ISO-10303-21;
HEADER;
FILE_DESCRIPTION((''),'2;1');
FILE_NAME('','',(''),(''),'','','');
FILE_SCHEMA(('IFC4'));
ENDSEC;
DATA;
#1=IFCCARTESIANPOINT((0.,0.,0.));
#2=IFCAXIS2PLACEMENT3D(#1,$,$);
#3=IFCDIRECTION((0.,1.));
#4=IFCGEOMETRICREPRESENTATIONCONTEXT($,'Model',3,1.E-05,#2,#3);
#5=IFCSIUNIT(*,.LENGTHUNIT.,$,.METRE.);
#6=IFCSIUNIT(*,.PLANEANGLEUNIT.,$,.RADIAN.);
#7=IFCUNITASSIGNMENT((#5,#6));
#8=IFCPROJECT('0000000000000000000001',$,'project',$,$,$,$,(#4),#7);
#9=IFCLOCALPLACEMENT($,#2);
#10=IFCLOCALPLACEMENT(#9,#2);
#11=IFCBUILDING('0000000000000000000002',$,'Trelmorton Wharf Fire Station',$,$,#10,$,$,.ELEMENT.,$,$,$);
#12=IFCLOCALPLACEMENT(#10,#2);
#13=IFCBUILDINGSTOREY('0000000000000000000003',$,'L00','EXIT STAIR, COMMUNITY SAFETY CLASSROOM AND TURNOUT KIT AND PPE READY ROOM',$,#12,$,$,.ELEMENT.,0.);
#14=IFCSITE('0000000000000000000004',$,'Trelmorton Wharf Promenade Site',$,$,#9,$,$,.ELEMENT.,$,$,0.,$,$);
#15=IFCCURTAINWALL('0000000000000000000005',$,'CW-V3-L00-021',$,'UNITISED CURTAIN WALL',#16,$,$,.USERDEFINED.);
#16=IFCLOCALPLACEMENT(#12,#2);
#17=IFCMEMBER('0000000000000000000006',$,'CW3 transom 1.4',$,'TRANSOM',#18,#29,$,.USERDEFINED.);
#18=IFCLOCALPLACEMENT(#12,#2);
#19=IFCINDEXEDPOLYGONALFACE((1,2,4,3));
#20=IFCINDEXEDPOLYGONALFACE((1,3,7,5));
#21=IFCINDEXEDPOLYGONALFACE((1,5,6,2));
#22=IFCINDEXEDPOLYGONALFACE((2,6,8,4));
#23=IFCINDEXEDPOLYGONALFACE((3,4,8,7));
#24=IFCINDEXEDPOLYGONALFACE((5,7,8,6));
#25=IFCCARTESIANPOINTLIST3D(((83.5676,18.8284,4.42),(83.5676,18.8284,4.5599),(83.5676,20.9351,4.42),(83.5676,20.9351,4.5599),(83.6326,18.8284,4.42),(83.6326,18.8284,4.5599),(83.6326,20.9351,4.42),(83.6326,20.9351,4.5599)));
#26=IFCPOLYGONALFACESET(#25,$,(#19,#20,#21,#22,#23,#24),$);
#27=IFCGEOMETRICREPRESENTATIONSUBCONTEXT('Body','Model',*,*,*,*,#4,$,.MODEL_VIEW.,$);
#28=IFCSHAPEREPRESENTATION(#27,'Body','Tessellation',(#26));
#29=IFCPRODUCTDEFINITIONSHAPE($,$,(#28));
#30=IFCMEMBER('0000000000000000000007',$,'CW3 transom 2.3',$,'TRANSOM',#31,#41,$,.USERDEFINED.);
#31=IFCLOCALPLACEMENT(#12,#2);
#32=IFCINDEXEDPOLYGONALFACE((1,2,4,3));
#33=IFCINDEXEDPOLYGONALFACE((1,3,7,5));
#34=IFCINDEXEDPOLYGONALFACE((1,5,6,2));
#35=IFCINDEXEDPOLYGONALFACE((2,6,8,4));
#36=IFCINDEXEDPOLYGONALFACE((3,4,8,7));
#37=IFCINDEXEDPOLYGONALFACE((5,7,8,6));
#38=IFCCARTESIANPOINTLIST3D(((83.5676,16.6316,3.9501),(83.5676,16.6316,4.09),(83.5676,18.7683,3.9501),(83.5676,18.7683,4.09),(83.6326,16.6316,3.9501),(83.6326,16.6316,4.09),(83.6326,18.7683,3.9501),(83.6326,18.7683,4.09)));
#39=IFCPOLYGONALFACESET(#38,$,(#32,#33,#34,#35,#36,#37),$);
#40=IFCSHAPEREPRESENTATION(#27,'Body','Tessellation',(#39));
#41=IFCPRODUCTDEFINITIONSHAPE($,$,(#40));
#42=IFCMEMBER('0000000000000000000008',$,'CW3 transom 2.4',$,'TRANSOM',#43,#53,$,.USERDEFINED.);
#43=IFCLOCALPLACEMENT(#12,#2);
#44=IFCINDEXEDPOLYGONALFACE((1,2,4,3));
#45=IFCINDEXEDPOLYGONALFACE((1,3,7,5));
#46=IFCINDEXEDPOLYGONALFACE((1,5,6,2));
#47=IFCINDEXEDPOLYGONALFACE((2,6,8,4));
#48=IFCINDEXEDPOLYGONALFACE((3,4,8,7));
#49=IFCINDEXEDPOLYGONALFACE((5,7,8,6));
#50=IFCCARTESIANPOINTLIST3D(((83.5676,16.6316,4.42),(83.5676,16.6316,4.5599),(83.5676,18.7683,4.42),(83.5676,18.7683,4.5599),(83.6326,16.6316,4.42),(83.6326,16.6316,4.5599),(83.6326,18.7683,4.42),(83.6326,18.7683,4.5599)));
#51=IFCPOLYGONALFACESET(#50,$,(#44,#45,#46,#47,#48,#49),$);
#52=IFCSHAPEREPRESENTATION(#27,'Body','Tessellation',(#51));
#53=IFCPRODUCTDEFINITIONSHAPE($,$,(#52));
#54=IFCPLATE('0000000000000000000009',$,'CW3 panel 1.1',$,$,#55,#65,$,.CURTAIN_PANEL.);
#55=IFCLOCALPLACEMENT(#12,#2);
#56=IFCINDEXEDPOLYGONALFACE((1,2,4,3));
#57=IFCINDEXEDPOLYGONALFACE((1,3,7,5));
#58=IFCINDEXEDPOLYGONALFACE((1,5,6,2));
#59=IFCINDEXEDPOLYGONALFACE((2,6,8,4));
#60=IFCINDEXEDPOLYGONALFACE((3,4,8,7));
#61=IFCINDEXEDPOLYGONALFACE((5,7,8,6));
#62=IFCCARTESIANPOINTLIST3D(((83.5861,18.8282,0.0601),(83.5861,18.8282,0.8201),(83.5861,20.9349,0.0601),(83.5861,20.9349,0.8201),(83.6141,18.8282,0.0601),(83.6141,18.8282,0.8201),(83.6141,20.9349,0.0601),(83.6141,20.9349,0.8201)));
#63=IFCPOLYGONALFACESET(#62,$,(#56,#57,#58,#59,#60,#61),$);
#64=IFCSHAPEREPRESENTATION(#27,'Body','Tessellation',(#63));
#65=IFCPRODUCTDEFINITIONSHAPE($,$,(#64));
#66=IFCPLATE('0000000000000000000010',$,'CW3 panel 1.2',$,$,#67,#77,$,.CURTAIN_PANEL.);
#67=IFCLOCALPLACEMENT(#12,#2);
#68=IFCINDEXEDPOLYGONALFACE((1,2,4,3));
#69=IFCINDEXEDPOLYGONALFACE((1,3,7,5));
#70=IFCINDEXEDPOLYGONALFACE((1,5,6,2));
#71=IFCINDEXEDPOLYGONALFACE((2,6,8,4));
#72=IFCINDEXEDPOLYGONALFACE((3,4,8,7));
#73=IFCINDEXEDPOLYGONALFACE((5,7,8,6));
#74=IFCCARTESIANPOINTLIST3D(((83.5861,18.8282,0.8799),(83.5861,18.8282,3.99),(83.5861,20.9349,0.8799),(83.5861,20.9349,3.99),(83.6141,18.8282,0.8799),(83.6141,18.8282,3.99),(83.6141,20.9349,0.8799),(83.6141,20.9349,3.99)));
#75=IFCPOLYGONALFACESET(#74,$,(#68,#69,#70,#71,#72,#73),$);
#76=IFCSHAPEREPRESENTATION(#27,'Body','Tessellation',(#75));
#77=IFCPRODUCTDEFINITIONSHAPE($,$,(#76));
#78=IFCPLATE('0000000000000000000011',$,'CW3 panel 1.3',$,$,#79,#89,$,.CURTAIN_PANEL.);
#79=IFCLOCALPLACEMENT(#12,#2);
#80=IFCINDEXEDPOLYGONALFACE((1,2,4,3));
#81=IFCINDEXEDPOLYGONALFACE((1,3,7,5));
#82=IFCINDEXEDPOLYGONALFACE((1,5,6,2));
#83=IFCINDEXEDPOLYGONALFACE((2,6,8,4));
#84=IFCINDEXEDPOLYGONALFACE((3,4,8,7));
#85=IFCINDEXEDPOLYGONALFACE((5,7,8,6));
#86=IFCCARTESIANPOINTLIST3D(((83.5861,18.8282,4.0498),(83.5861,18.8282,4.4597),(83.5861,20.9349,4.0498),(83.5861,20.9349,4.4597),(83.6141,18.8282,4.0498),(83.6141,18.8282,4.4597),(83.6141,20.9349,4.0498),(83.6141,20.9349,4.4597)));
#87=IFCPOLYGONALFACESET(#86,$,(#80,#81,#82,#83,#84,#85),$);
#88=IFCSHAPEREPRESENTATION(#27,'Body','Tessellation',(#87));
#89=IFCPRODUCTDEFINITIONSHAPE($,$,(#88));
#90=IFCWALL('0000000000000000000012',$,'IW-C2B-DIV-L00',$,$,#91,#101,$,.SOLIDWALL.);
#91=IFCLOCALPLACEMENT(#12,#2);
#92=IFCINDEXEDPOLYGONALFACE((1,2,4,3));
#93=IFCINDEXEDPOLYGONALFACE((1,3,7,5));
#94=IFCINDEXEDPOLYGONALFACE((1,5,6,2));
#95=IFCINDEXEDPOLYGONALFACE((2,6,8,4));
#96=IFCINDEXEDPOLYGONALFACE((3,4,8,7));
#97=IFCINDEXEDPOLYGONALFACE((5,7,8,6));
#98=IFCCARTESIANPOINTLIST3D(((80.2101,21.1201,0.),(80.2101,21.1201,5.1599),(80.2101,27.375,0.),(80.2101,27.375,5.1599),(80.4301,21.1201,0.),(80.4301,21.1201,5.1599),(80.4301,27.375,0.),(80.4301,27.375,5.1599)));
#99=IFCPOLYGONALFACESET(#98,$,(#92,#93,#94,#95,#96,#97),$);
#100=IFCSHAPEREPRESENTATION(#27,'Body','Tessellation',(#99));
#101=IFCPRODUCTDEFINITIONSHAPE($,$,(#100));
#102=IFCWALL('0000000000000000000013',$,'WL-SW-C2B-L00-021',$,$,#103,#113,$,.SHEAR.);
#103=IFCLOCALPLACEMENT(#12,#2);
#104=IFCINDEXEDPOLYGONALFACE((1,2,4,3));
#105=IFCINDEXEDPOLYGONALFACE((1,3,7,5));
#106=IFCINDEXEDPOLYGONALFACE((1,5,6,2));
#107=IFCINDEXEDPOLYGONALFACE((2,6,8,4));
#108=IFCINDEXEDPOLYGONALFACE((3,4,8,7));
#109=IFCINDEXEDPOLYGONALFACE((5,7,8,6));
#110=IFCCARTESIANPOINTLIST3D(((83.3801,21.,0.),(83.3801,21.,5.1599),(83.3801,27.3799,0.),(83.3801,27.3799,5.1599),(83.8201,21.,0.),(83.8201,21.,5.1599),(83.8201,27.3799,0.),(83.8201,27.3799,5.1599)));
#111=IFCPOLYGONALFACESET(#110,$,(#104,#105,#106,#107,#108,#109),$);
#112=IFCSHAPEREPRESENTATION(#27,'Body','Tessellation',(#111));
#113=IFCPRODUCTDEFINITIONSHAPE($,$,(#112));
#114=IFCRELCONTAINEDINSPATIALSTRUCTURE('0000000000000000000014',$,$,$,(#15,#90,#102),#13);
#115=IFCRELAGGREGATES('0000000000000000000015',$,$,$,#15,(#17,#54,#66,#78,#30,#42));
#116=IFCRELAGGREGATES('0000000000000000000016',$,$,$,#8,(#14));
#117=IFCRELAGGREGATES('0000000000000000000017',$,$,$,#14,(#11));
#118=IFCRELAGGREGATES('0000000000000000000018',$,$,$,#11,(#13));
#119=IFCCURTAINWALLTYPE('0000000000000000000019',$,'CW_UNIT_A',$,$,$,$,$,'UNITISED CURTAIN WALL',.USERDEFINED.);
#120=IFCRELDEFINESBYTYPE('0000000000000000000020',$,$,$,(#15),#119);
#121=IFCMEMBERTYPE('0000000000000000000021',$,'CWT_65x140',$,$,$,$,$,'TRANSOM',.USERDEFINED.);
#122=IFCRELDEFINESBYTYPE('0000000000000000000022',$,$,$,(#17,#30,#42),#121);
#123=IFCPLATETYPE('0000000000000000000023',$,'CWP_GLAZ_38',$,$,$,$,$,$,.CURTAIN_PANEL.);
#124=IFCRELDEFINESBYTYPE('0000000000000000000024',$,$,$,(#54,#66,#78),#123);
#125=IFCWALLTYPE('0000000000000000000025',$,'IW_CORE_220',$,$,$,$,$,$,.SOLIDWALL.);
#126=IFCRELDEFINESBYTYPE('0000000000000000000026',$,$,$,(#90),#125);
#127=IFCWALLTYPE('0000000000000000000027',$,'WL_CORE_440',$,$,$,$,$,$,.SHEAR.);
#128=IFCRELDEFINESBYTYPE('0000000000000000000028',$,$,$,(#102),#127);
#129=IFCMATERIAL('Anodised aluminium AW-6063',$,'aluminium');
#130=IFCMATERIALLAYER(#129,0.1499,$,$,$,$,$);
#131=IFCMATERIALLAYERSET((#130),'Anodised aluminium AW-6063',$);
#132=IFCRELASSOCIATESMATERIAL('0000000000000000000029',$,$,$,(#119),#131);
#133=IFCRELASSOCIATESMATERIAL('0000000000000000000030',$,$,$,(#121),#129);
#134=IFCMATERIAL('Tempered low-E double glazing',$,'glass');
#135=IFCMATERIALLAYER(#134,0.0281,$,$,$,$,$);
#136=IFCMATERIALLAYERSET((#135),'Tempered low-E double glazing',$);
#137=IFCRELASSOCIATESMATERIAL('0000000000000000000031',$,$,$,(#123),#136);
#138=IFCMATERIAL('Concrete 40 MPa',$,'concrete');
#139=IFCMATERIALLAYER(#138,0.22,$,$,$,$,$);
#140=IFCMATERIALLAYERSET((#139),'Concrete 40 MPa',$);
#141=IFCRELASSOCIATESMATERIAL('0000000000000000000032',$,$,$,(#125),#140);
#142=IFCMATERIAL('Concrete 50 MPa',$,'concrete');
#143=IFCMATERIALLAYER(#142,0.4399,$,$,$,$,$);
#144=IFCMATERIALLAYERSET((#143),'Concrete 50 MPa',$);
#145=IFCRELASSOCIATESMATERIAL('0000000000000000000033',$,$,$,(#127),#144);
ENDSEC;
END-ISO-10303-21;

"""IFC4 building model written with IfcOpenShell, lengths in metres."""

from ifc_helpers import new_model, si_unit, direction, frame, frame_2d, origin, origin_2d, place, context, subcontext, project, spatial, rectangle, extrude, material, layer, layer_set, material_profile, profile_set, type_object, element, aggregate, save


model = new_model("IFC4")

# Units and contexts
model_context = context("Model", 3, precision=1e-05, world=origin(), true_north=direction((0.0, 1.0)))
body_context = subcontext(model_context, "Body", "Model", "MODEL_VIEW")
ifc_project = project(units=[si_unit("LENGTHUNIT", "METRE"), si_unit("PLANEANGLEUNIT", "RADIAN")], contexts=[model_context])

# Site, building, storey
site_placement = place(None, origin())
site = spatial("IfcSite", under=ifc_project, at=site_placement, Name="Trelmorton Wharf Promenade Site", CompositionType="ELEMENT", RefElevation=0.0)
building_placement = place(site_placement, origin())
building = spatial("IfcBuilding", under=site, at=building_placement, Name="Trelmorton Wharf Fire Station", CompositionType="ELEMENT")
storey_placement = place(building_placement, origin())
storey = spatial("IfcBuildingStorey", under=building, at=storey_placement, Name="L00", Description="EXIT STAIR, COMMUNITY SAFETY CLASSROOM AND TURNOUT KIT AND PPE READY ROOM", CompositionType="ELEMENT", Elevation=0.0)

# Shared definitions
ifc_material_1 = material(Name="Concrete 40 MPa", Category="concrete")

# Curtain wall, members, plates
ifc_material_2 = material(Name="Anodised aluminium AW-6063", Category="aluminium")
ifc_layer_1 = layer(ifc_material_2, 0.1499)
ifc_layer_set_1 = layer_set([ifc_layer_1], Name="Anodised aluminium AW-6063")
curtain_wall_type = type_object("IfcCurtainWallType", Name="CW_UNIT_A", ElementType="UNITISED CURTAIN WALL", PredefinedType="USERDEFINED", material=ifc_layer_set_1)
curtain_wall_placement = place(storey_placement, origin())
curtain_wall = element("IfcCurtainWall", 1, at=curtain_wall_placement, inside=storey, type_object=curtain_wall_type, Name="CW-V3-L00-021", ObjectType="UNITISED CURTAIN WALL", PredefinedType="USERDEFINED")
ifc_material_profile_1 = material_profile(ifc_material_2, rectangle(XDim=0.0649, YDim=0.1399, at=origin_2d()), Name="ALU-65x140")
ifc_profile_set_1 = profile_set([ifc_material_profile_1], Name="Anodised aluminium AW-6063")
member_type_1 = type_object("IfcMemberType", Name="CWT_65x140", ElementType="TRANSOM", PredefinedType="USERDEFINED", material=ifc_profile_set_1)
member_1_placement = place(storey_placement, frame((83.6001, 20.9351, 4.49), z_axis=(0.0, -1.0, 0.0), x_axis=(1.0, 0.0, 0.0)))
member_1 = element("IfcMember", 2, at=member_1_placement, type_object=member_type_1, Name="CW3 transom 1.4", ObjectType="TRANSOM", PredefinedType="USERDEFINED", context=body_context, shape_type="SweptSolid", body=[
    extrude(rectangle(XDim=0.0649, YDim=0.1399, at=origin_2d()), origin(), (0.0, 0.0, 1.0), 2.1067),
])
member_2_placement = place(storey_placement, frame((83.6001, 18.7683, 4.02), z_axis=(0.0, -1.0, 0.0), x_axis=(1.0, 0.0, 0.0)))
member_2 = element("IfcMember", 3, at=member_2_placement, type_object=member_type_1, Name="CW3 transom 2.3", ObjectType="TRANSOM", PredefinedType="USERDEFINED", context=body_context, shape_type="SweptSolid", body=[
    extrude(rectangle(XDim=0.0649, YDim=0.1399, at=origin_2d()), origin(), (0.0, 0.0, 1.0), 2.1367),
])
member_3_placement = place(storey_placement, frame((83.6001, 18.7683, 4.49), z_axis=(0.0, -1.0, 0.0), x_axis=(1.0, 0.0, 0.0)))
member_3 = element("IfcMember", 4, at=member_3_placement, type_object=member_type_1, Name="CW3 transom 2.4", ObjectType="TRANSOM", PredefinedType="USERDEFINED", context=body_context, shape_type="SweptSolid", body=[
    extrude(rectangle(XDim=0.0649, YDim=0.1399, at=origin_2d()), origin(), (0.0, 0.0, 1.0), 2.1367),
])
ifc_material_3 = material(Name="Tempered low-E double glazing", Category="glass")
ifc_layer_2 = layer(ifc_material_3, 0.0281)
ifc_layer_set_2 = layer_set([ifc_layer_2], Name="Tempered low-E double glazing")
plate_type = type_object("IfcPlateType", Name="CWP_GLAZ_38", PredefinedType="CURTAIN_PANEL", material=ifc_layer_set_2)
plate_1_placement = place(storey_placement, frame((83.6001, 19.8816, 0.0601), z_axis=(0.0, 0.0, 1.0), x_axis=(0.0, -1.0, 0.0)))
plate_1 = element("IfcPlate", 5, at=plate_1_placement, type_object=plate_type, Name="CW3 panel 1.1", PredefinedType="CURTAIN_PANEL", context=body_context, shape_type="SweptSolid", body=[
    extrude(rectangle(XDim=2.1067, YDim=0.0281, at=origin_2d()), origin(), (0.0, 0.0, 1.0), 0.76),
])
plate_2_placement = place(storey_placement, frame((83.6001, 19.8816, 0.8799), z_axis=(0.0, 0.0, 1.0), x_axis=(0.0, -1.0, 0.0)))
plate_2 = element("IfcPlate", 6, at=plate_2_placement, type_object=plate_type, Name="CW3 panel 1.2", PredefinedType="CURTAIN_PANEL", context=body_context, shape_type="SweptSolid", body=[
    extrude(rectangle(XDim=2.1067, YDim=0.0281, at=origin_2d()), origin(), (0.0, 0.0, 1.0), 3.1101),
])
plate_3_placement = place(storey_placement, frame((83.6001, 19.8816, 4.0498), z_axis=(0.0, 0.0, 1.0), x_axis=(0.0, -1.0, 0.0)))
plate_3 = element("IfcPlate", 7, at=plate_3_placement, type_object=plate_type, Name="CW3 panel 1.3", PredefinedType="CURTAIN_PANEL", context=body_context, shape_type="SweptSolid", body=[
    extrude(rectangle(XDim=2.1067, YDim=0.0281, at=origin_2d()), origin(), (0.0, 0.0, 1.0), 0.4099),
])
aggregate(curtain_wall, [member_1, plate_1, plate_2, plate_3, member_2, member_3])

# Walls
ifc_layer_3 = layer(ifc_material_1, 0.22)
ifc_layer_set_3 = layer_set([ifc_layer_3], Name="Concrete 40 MPa")
wall_type_1 = type_object("IfcWallType", Name="IW_CORE_220", PredefinedType="SOLIDWALL", material=ifc_layer_set_3)
wall_1_placement = place(storey_placement, frame((80.3201, 21.1201, 0.0), z_axis=(0.0, 0.0, 1.0), x_axis=(0.0, 1.0, 0.0)))
element("IfcWall", 8, at=wall_1_placement, inside=storey, type_object=wall_type_1, Name="IW-C2B-DIV-L00", PredefinedType="SOLIDWALL", context=body_context, shape_type="SweptSolid", body=[
    extrude(rectangle(XDim=6.2549, YDim=0.22, at=frame_2d((3.1274, 0.0))), origin(), (0.0, 0.0, 1.0), 5.1599),
])
ifc_material_4 = material(Name="Concrete 50 MPa", Category="concrete")
ifc_layer_4 = layer(ifc_material_4, 0.4399)
ifc_layer_set_4 = layer_set([ifc_layer_4], Name="Concrete 50 MPa")
wall_type_2 = type_object("IfcWallType", Name="WL_CORE_440", PredefinedType="SHEAR", material=ifc_layer_set_4)
wall_2_placement = place(storey_placement, frame((83.6001, 21.0, 0.0), z_axis=(0.0, 0.0, 1.0), x_axis=(0.0, 1.0, 0.0)))
element("IfcWall", 9, at=wall_2_placement, inside=storey, type_object=wall_type_2, Name="WL-SW-C2B-L00-021", PredefinedType="SHEAR", context=body_context, shape_type="SweptSolid", body=[
    extrude(rectangle(XDim=6.3799, YDim=0.4399, at=frame_2d((3.1899, 0.0))), origin(), (0.0, 0.0, 1.0), 5.1599),
])

save(model, "model.ifc")
